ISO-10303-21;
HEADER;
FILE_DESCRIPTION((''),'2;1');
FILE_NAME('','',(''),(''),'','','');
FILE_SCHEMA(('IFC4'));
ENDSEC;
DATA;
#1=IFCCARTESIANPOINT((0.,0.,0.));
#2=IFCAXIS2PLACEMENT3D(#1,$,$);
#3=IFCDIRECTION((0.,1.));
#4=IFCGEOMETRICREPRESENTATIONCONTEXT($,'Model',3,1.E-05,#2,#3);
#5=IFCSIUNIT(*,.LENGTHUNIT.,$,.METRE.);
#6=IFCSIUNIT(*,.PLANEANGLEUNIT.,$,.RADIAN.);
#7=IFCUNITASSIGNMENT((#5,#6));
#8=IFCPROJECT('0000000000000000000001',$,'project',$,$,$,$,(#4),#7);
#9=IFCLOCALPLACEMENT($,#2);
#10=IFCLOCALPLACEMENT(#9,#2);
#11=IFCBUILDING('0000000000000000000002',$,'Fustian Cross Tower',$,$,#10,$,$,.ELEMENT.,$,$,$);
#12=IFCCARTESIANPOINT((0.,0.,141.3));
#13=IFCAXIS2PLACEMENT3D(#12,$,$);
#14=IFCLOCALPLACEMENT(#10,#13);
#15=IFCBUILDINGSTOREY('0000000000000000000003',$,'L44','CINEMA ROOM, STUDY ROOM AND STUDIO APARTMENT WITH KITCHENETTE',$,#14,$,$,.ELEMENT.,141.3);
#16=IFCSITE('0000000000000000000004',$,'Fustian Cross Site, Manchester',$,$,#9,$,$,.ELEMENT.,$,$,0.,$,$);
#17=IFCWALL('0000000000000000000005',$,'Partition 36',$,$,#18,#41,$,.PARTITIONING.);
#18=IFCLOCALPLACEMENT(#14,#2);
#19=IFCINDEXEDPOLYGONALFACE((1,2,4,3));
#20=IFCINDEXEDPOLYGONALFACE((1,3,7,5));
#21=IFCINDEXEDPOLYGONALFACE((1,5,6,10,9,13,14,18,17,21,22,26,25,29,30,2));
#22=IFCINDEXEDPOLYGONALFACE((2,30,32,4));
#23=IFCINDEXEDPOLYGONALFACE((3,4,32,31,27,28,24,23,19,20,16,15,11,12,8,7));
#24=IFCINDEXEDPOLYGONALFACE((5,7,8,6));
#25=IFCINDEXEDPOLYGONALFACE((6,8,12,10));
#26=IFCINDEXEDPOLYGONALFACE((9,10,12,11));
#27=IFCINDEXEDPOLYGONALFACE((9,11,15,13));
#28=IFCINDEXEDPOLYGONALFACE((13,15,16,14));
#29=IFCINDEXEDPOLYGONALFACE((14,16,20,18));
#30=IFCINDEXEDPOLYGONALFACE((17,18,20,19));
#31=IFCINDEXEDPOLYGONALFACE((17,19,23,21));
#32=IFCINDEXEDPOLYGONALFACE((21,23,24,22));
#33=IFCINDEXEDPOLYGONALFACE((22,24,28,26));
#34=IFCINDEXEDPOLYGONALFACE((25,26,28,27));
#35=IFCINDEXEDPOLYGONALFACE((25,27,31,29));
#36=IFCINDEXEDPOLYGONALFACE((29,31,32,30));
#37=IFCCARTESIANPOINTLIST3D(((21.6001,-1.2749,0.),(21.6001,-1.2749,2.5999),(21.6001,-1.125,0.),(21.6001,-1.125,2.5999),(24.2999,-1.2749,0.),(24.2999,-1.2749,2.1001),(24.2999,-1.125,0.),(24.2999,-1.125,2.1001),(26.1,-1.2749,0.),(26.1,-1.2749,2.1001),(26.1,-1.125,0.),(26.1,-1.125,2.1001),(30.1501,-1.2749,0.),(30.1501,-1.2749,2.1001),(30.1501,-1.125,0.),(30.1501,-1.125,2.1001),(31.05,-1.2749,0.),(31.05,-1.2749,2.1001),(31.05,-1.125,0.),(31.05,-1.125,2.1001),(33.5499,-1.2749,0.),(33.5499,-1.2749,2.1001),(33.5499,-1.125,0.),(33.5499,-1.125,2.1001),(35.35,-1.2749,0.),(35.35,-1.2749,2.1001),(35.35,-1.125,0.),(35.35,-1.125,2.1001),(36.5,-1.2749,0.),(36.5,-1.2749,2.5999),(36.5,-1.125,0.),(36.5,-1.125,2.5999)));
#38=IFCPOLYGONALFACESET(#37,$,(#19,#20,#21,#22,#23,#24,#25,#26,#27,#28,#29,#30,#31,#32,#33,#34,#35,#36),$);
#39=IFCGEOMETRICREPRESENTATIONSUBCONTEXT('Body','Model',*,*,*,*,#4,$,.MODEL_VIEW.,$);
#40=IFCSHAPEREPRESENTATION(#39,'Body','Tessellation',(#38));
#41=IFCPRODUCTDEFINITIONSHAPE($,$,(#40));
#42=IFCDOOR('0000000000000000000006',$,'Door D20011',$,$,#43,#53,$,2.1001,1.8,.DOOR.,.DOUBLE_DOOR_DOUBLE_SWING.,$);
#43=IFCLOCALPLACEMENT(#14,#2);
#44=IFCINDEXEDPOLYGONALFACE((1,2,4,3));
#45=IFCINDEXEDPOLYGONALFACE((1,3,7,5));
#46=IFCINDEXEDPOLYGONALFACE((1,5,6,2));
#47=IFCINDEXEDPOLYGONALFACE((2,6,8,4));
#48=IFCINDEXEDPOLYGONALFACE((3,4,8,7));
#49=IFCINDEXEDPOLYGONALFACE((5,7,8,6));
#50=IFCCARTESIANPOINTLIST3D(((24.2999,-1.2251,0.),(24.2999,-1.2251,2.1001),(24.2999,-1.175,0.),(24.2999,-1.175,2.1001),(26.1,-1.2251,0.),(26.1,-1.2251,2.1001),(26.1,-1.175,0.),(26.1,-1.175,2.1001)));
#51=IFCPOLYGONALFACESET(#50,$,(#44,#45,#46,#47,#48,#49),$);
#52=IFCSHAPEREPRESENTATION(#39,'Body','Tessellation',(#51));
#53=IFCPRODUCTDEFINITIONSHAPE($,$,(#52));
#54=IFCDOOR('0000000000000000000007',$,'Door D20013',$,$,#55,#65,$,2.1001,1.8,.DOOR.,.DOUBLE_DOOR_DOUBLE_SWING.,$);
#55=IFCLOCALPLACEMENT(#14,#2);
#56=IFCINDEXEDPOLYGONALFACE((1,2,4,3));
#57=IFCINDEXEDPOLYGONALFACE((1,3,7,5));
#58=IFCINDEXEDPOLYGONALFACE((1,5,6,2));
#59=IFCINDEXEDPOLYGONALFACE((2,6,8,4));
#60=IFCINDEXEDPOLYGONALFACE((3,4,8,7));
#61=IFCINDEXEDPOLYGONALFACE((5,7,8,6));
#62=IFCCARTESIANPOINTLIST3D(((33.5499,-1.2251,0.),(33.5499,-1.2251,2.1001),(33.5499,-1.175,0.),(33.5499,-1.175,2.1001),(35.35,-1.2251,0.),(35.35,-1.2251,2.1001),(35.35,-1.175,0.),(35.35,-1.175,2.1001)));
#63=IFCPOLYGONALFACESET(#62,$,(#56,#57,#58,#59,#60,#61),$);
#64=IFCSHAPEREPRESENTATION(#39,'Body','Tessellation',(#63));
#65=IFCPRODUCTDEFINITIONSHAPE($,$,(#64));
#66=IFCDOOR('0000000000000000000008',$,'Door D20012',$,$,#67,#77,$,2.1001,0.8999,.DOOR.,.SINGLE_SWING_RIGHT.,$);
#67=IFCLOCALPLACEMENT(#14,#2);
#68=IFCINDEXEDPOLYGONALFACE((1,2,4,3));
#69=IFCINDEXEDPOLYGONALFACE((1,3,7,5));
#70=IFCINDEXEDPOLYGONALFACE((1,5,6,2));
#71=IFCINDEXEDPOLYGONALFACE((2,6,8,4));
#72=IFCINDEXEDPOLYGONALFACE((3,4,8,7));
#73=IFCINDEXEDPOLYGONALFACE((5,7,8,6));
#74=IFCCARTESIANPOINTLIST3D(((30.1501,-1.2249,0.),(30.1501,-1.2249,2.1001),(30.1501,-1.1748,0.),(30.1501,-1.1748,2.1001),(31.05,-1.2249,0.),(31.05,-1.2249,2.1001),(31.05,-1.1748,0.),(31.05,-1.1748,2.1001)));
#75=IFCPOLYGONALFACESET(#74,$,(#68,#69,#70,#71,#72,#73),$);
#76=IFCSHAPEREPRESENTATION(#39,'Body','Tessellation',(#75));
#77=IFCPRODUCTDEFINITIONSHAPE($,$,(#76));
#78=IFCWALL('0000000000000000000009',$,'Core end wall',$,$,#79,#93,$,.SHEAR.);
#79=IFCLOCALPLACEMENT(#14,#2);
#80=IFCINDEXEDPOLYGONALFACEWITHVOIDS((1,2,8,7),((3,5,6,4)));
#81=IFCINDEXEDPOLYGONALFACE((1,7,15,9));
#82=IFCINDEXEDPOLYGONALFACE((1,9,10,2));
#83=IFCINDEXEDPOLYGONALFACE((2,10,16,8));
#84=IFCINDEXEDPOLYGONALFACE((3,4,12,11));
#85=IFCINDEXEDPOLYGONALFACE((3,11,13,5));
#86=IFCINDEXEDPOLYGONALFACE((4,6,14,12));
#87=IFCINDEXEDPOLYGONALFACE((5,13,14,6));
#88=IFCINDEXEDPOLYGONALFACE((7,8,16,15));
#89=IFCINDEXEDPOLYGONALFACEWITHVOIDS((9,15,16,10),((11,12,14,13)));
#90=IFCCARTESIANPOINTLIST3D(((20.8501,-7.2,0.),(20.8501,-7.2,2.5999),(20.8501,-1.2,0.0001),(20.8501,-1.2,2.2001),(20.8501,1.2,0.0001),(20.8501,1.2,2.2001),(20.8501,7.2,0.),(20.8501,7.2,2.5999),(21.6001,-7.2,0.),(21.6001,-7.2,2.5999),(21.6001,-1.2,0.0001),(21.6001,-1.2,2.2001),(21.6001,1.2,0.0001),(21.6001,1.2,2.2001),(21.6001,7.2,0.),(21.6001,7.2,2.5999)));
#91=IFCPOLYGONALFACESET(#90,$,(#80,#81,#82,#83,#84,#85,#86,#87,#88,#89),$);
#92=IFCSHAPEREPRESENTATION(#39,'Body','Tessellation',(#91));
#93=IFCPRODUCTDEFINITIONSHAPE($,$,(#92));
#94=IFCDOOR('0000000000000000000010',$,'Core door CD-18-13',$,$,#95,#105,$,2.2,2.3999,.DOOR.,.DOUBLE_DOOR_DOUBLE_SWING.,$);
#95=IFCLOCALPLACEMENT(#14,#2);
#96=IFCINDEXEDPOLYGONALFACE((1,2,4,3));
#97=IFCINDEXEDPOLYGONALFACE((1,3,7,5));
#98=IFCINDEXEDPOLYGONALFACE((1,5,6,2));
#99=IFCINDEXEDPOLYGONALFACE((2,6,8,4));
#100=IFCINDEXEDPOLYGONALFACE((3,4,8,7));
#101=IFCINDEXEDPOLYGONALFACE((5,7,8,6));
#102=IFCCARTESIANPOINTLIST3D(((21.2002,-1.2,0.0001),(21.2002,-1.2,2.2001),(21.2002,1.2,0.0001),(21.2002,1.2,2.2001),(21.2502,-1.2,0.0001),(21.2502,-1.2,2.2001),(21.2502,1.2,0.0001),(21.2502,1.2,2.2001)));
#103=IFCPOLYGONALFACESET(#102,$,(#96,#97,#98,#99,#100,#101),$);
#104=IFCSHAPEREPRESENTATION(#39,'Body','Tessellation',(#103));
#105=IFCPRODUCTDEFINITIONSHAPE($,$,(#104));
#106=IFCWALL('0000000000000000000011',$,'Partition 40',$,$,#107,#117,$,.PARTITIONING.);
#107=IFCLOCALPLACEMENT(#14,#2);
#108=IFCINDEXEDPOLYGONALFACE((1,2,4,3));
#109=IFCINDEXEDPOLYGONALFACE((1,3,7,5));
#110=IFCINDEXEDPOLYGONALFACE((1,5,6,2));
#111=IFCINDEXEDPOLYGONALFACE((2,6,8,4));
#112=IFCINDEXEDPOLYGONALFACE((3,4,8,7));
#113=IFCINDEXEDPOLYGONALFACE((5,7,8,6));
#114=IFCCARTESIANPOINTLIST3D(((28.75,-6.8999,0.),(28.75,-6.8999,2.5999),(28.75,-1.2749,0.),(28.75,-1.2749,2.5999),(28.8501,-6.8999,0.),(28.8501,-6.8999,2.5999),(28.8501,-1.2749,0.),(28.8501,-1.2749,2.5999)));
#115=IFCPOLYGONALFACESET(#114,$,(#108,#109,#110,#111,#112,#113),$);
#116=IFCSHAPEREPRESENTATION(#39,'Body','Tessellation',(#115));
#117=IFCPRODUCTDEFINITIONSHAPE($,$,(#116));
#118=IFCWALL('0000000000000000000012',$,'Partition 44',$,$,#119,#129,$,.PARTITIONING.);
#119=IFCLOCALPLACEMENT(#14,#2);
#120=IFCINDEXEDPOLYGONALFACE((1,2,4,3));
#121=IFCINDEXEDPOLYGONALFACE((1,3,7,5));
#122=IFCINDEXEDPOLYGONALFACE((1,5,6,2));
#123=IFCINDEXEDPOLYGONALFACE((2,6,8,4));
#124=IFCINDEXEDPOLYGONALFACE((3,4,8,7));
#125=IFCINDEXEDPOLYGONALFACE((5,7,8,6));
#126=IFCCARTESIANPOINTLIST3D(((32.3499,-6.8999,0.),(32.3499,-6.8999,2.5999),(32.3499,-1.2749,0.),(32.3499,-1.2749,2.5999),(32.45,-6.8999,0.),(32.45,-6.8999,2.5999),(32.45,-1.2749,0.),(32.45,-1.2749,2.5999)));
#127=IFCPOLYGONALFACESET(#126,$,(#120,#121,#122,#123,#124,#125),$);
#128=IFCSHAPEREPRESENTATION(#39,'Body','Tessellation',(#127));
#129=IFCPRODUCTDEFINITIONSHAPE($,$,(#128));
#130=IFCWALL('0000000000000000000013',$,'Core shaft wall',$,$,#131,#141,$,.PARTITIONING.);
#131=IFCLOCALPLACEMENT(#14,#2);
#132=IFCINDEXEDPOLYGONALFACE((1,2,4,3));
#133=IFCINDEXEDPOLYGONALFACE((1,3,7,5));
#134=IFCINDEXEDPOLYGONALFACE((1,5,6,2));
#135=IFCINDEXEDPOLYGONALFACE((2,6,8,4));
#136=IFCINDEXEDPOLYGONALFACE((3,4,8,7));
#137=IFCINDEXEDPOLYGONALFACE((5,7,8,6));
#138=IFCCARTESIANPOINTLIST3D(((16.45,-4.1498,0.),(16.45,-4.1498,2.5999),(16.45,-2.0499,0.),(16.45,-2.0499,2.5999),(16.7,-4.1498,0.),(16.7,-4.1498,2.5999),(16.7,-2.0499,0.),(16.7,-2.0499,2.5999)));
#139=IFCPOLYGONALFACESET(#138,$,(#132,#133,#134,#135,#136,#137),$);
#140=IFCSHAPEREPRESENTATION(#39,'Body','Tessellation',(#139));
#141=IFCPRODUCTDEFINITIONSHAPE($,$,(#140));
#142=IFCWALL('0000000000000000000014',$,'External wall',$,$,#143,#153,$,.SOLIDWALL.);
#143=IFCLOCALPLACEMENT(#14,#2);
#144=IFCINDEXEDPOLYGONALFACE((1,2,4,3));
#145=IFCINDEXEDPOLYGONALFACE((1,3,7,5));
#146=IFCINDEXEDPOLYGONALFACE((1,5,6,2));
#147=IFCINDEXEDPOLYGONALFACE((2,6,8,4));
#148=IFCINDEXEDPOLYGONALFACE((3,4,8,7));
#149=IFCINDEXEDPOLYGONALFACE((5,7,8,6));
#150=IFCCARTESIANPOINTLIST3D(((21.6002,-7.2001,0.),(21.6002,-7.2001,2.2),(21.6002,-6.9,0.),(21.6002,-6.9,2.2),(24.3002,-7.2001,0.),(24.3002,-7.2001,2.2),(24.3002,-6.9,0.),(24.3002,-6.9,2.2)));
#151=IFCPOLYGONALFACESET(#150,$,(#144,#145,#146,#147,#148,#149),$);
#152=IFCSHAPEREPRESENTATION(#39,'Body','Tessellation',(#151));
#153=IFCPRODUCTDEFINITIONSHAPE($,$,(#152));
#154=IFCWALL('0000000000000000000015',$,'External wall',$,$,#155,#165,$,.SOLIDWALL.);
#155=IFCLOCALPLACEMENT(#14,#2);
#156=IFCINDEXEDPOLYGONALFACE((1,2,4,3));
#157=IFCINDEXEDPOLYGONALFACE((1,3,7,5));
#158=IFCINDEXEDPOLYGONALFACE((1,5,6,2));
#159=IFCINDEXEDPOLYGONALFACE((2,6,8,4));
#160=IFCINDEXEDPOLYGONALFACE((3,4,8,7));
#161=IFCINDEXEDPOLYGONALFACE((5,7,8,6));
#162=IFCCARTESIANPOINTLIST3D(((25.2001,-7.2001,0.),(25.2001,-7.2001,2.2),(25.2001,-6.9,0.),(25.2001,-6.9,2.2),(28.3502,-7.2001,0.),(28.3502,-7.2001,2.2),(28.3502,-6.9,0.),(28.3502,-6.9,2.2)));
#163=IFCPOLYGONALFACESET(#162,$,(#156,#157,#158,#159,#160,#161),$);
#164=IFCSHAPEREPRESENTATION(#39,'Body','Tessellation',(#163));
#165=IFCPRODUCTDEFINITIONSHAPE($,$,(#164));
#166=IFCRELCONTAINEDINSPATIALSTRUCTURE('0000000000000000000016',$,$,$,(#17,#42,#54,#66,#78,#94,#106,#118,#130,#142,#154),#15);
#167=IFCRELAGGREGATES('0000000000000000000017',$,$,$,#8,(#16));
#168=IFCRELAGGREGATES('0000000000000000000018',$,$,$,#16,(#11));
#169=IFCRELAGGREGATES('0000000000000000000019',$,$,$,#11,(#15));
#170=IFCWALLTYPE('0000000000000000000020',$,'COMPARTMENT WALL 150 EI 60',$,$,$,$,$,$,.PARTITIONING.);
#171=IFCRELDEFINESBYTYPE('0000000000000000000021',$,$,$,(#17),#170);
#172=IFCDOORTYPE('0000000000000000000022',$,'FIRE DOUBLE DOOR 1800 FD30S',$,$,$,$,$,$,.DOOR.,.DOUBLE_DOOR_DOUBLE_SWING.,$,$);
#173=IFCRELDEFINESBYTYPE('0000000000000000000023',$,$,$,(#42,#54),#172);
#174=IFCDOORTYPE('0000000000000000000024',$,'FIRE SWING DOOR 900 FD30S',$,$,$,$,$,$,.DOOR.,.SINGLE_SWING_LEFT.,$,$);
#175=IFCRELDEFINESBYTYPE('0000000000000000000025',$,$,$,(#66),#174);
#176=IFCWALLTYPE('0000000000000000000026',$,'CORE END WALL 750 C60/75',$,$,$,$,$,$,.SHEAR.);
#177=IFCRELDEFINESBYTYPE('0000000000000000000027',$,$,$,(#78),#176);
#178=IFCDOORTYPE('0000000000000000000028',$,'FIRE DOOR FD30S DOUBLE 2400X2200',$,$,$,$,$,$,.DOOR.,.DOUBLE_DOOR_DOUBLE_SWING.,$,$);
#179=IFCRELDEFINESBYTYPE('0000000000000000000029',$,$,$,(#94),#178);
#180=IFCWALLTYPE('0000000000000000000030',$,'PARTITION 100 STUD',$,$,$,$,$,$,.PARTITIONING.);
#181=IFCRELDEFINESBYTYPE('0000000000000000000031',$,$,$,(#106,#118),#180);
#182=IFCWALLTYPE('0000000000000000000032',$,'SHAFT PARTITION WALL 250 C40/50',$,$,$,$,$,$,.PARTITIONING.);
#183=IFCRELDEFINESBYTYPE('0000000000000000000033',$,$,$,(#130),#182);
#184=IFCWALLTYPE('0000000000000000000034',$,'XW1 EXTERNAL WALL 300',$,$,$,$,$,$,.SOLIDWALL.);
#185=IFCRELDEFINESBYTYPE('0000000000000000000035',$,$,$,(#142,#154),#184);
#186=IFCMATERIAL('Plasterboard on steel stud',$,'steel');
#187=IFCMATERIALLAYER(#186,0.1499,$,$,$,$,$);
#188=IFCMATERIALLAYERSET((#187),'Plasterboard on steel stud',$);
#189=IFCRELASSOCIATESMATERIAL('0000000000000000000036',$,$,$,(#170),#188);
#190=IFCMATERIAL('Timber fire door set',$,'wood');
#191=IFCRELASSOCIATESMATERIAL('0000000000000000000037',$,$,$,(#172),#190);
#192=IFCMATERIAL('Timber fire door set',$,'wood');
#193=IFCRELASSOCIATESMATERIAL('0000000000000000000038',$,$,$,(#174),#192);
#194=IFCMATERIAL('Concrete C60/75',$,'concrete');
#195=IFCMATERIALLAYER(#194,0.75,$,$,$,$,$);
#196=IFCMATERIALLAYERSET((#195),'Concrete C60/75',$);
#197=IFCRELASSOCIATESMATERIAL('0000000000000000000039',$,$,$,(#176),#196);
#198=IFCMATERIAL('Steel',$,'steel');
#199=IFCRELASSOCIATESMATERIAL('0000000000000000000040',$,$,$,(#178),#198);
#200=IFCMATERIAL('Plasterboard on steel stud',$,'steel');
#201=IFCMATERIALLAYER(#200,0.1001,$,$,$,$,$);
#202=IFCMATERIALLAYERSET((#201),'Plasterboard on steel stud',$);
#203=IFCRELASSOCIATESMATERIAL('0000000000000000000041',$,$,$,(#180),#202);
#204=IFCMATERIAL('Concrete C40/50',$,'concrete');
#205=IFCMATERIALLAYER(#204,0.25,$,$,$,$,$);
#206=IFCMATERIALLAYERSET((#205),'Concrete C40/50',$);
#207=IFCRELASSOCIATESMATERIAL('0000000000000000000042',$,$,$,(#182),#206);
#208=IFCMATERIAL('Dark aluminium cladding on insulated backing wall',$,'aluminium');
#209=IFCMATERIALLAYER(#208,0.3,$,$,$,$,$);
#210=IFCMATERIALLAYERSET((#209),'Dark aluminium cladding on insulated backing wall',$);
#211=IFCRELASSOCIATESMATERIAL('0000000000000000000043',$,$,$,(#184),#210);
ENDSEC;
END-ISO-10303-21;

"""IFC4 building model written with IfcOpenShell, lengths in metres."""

from ifc_helpers import new_model, si_unit, direction, frame, frame_2d, origin, place, context, subcontext, project, spatial, rectangle, extrude, material, layer, layer_set, type_object, element, fill, save


model = new_model("IFC4")

# Units and contexts
model_context = context("Model", 3, precision=1e-05, world=origin(), true_north=direction((0.0, 1.0)))
body_context = subcontext(model_context, "Body", "Model", "MODEL_VIEW")
ifc_project = project(units=[si_unit("LENGTHUNIT", "METRE"), si_unit("PLANEANGLEUNIT", "RADIAN")], contexts=[model_context])

# Site, building, storey
site_placement = place(None, origin())
site = spatial("IfcSite", under=ifc_project, at=site_placement, Name="Fustian Cross Site, Manchester", CompositionType="ELEMENT", RefElevation=0.0)
building_placement = place(site_placement, origin())
building = spatial("IfcBuilding", under=site, at=building_placement, Name="Fustian Cross Tower", CompositionType="ELEMENT")
storey_placement = place(building_placement, frame((0.0, 0.0, 141.3)))
storey = spatial("IfcBuildingStorey", under=building, at=storey_placement, Name="L44", Description="CINEMA ROOM, STUDY ROOM AND STUDIO APARTMENT WITH KITCHENETTE", CompositionType="ELEMENT", Elevation=141.3)

# Wall, openings, doors
ifc_material_1 = material(Name="Plasterboard on steel stud", Category="steel")
ifc_layer_1 = layer(ifc_material_1, 0.1499)
ifc_layer_set_1 = layer_set([ifc_layer_1], Name="Plasterboard on steel stud")
wall_type_1 = type_object("IfcWallType", Name="COMPARTMENT WALL 150 EI 60", PredefinedType="PARTITIONING", material=ifc_layer_set_1)
wall_1_placement = place(storey_placement, frame((21.6001, -1.2, 0.0), z_axis=(0.0, 0.0, 1.0), x_axis=(1.0, 0.0, 0.0)))
wall_1 = element("IfcWall", 1, at=wall_1_placement, inside=storey, type_object=wall_type_1, Name="Partition 36", PredefinedType="PARTITIONING", context=body_context, shape_type="SweptSolid", body=[
    extrude(rectangle(XDim=14.8999, YDim=0.1499, at=frame_2d((7.45, 0.0))), origin(), (0.0, 0.0, 1.0), 2.5999),
])
opening_1_placement = place(wall_1_placement, frame((2.7, 0.0, 0.0)))
opening_1 = element("IfcOpeningElement", 2, at=opening_1_placement, cuts=wall_1, PredefinedType="OPENING", context=body_context, shape_type="SweptSolid", body=[
    extrude(rectangle(XDim=1.8, YDim=2.1001, at=frame_2d((0.8999, 1.05))), frame((0.0, 0.085, 0.0), z_axis=(0.0, -1.0, 0.0), x_axis=(1.0, 0.0, 0.0)), (0.0, 0.0, 1.0), 0.1699),
])
opening_2_placement = place(wall_1_placement, frame((8.55, 0.0, 0.0)))
opening_2 = element("IfcOpeningElement", 3, at=opening_2_placement, cuts=wall_1, PredefinedType="OPENING", context=body_context, shape_type="SweptSolid", body=[
    extrude(rectangle(XDim=0.8999, YDim=2.1001, at=frame_2d((0.45, 1.05))), frame((0.0, 0.085, 0.0), z_axis=(0.0, -1.0, 0.0), x_axis=(1.0, 0.0, 0.0)), (0.0, 0.0, 1.0), 0.1699),
])
opening_3_placement = place(wall_1_placement, frame((11.95, 0.0, 0.0)))
opening_3 = element("IfcOpeningElement", 4, at=opening_3_placement, cuts=wall_1, PredefinedType="OPENING", context=body_context, shape_type="SweptSolid", body=[
    extrude(rectangle(XDim=1.8, YDim=2.1001, at=frame_2d((0.8999, 1.05))), frame((0.0, 0.085, 0.0), z_axis=(0.0, -1.0, 0.0), x_axis=(1.0, 0.0, 0.0)), (0.0, 0.0, 1.0), 0.1699),
])
ifc_material_2 = material(Name="Timber fire door set", Category="wood")
door_type_1 = type_object("IfcDoorType", Name="FIRE DOUBLE DOOR 1800 FD30S", OperationType="DOUBLE_DOOR_DOUBLE_SWING", PredefinedType="DOOR", material=ifc_material_2)
door_1_placement = place(opening_1_placement, origin())
door_1 = element("IfcDoor", 5, at=door_1_placement, inside=storey, type_object=door_type_1, Name="Door D20011", OperationType="DOUBLE_DOOR_DOUBLE_SWING", OverallHeight=2.1001, OverallWidth=1.8, PredefinedType="DOOR", context=body_context, shape_type="SweptSolid", body=[
    extrude(rectangle(XDim=1.8, YDim=2.1001, at=frame_2d((0.8999, 1.05))), frame((0.0, 0.0249, 0.0), z_axis=(0.0, -1.0, 0.0), x_axis=(1.0, 0.0, 0.0)), (0.0, 0.0, 1.0), 0.05),
])
fill(opening_1, door_1)
door_2_placement = place(opening_3_placement, origin())
door_2 = element("IfcDoor", 6, at=door_2_placement, inside=storey, type_object=door_type_1, Name="Door D20013", OperationType="DOUBLE_DOOR_DOUBLE_SWING", OverallHeight=2.1001, OverallWidth=1.8, PredefinedType="DOOR", context=body_context, shape_type="SweptSolid", body=[
    extrude(rectangle(XDim=1.8, YDim=2.1001, at=frame_2d((0.8999, 1.05))), frame((0.0, 0.0249, 0.0), z_axis=(0.0, -1.0, 0.0), x_axis=(1.0, 0.0, 0.0)), (0.0, 0.0, 1.0), 0.05),
])
fill(opening_3, door_2)
ifc_material_3 = material(Name="Timber fire door set", Category="wood")
door_type_2 = type_object("IfcDoorType", Name="FIRE SWING DOOR 900 FD30S", OperationType="SINGLE_SWING_LEFT", PredefinedType="DOOR", material=ifc_material_3)
door_3_placement = place(opening_2_placement, frame((0.8999, 0.0, 0.0), z_axis=(0.0, 0.0, 1.0), x_axis=(-1.0, 0.0, 0.0)))
door_3 = element("IfcDoor", 7, at=door_3_placement, inside=storey, type_object=door_type_2, Name="Door D20012", OperationType="SINGLE_SWING_RIGHT", OverallHeight=2.1001, OverallWidth=0.8999, PredefinedType="DOOR", context=body_context, shape_type="SweptSolid", body=[
    extrude(rectangle(XDim=0.8999, YDim=2.1001, at=frame_2d((0.45, 1.05))), frame((0.0, 0.0249, 0.0), z_axis=(0.0, -1.0, 0.0), x_axis=(1.0, 0.0, 0.0)), (0.0, 0.0, 1.0), 0.05),
])
fill(opening_2, door_3)

# Wall, opening, door
ifc_material_4 = material(Name="Concrete C60/75", Category="concrete")
ifc_layer_2 = layer(ifc_material_4, 0.75)
ifc_layer_set_2 = layer_set([ifc_layer_2], Name="Concrete C60/75")
wall_type_2 = type_object("IfcWallType", Name="CORE END WALL 750 C60/75", PredefinedType="SHEAR", material=ifc_layer_set_2)
wall_2_placement = place(storey_placement, frame((21.2251, -7.2, 0.0), z_axis=(0.0, 0.0, 1.0), x_axis=(0.0, 1.0, 0.0)))
wall_2 = element("IfcWall", 8, at=wall_2_placement, inside=storey, type_object=wall_type_2, Name="Core end wall", PredefinedType="SHEAR", context=body_context, shape_type="SweptSolid", body=[
    extrude(rectangle(XDim=14.3999, YDim=0.75, at=frame_2d((7.2, 0.0))), origin(), (0.0, 0.0, 1.0), 2.5999),
])
opening_4_placement = place(wall_2_placement, frame((6.0, 0.0, 0.0)))
opening_4 = element("IfcOpeningElement", 9, at=opening_4_placement, cuts=wall_2, PredefinedType="OPENING", context=body_context, shape_type="SweptSolid", body=[
    extrude(rectangle(XDim=2.3999, YDim=2.2, at=frame_2d((1.2, 1.1001))), frame((0.0, 0.385, 0.0), z_axis=(0.0, -1.0, 0.0), x_axis=(1.0, 0.0, 0.0)), (0.0, 0.0, 1.0), 0.77),
])
ifc_material_5 = material(Name="Steel", Category="steel")
door_type_3 = type_object("IfcDoorType", Name="FIRE DOOR FD30S DOUBLE 2400X2200", OperationType="DOUBLE_DOOR_DOUBLE_SWING", PredefinedType="DOOR", material=ifc_material_5)
door_4_placement = place(opening_4_placement, origin())
door_4 = element("IfcDoor", 10, at=door_4_placement, inside=storey, type_object=door_type_3, Name="Core door CD-18-13", OperationType="DOUBLE_DOOR_DOUBLE_SWING", OverallHeight=2.2, OverallWidth=2.3999, PredefinedType="DOOR", context=body_context, shape_type="SweptSolid", body=[
    extrude(rectangle(XDim=2.3999, YDim=2.2, at=frame_2d((1.2, 1.1001))), frame((0.0, 0.0249, 0.0), z_axis=(0.0, -1.0, 0.0), x_axis=(1.0, 0.0, 0.0)), (0.0, 0.0, 1.0), 0.05),
])
fill(opening_4, door_4)

# Walls
ifc_material_6 = material(Name="Plasterboard on steel stud", Category="steel")
ifc_layer_3 = layer(ifc_material_6, 0.1001)
ifc_layer_set_3 = layer_set([ifc_layer_3], Name="Plasterboard on steel stud")
wall_type_3 = type_object("IfcWallType", Name="PARTITION 100 STUD", PredefinedType="PARTITIONING", material=ifc_layer_set_3)
for number, where, z_axis, x_axis, name in (
    (11, (28.8, -6.8999, 0.0), (0.0, 0.0, 1.0), (0.0, 1.0, 0.0), "Partition 40"),
    (12, (32.3999, -6.8999, 0.0), (0.0, 0.0, 1.0), (0.0, 1.0, 0.0), "Partition 44"),
):
    element("IfcWall", number, at=place(storey_placement, frame(where, z_axis=z_axis, x_axis=x_axis)), inside=storey, type_object=wall_type_3, Name=name, PredefinedType="PARTITIONING", context=body_context, shape_type="SweptSolid", body=[
        extrude(rectangle(XDim=5.625, YDim=0.1001, at=frame_2d((2.8125, 0.0))), origin(), (0.0, 0.0, 1.0), 2.5999),
    ])
ifc_material_7 = material(Name="Concrete C40/50", Category="concrete")
ifc_layer_4 = layer(ifc_material_7, 0.25)
ifc_layer_set_4 = layer_set([ifc_layer_4], Name="Concrete C40/50")
wall_type_4 = type_object("IfcWallType", Name="SHAFT PARTITION WALL 250 C40/50", PredefinedType="PARTITIONING", material=ifc_layer_set_4)
wall_3_placement = place(storey_placement, frame((16.575, -2.05, 0.0), z_axis=(0.0, 0.0, 1.0), x_axis=(0.0, -1.0, 0.0)))
element("IfcWall", 13, at=wall_3_placement, inside=storey, type_object=wall_type_4, Name="Core shaft wall", PredefinedType="PARTITIONING", context=body_context, shape_type="SweptSolid", body=[
    extrude(rectangle(XDim=2.0999, YDim=0.25, at=frame_2d((1.0498, 0.0))), origin(), (0.0, 0.0, 1.0), 2.5999),
])
ifc_material_8 = material(Name="Dark aluminium cladding on insulated backing wall", Category="aluminium")
ifc_layer_5 = layer(ifc_material_8, 0.3)
ifc_layer_set_5 = layer_set([ifc_layer_5], Name="Dark aluminium cladding on insulated backing wall")
wall_type_5 = type_object("IfcWallType", Name="XW1 EXTERNAL WALL 300", PredefinedType="SOLIDWALL", material=ifc_layer_set_5)
wall_4_placement = place(storey_placement, frame((21.6001, -7.05, 0.0), z_axis=(0.0, 0.0, 1.0), x_axis=(1.0, 0.0, 0.0)))
element("IfcWall", 14, at=wall_4_placement, inside=storey, type_object=wall_type_5, Name="External wall", PredefinedType="SOLIDWALL", context=body_context, shape_type="SweptSolid", body=[
    extrude(rectangle(XDim=2.7, YDim=0.3, at=frame_2d((1.3501, 0.0))), origin(), (0.0, 0.0, 1.0), 2.2),
])
wall_5_placement = place(storey_placement, frame((25.2, -7.05, 0.0), z_axis=(0.0, 0.0, 1.0), x_axis=(1.0, 0.0, 0.0)))
element("IfcWall", 15, at=wall_5_placement, inside=storey, type_object=wall_type_5, Name="External wall", PredefinedType="SOLIDWALL", context=body_context, shape_type="SweptSolid", body=[
    extrude(rectangle(XDim=3.1501, YDim=0.3, at=frame_2d((1.5752, 0.0))), origin(), (0.0, 0.0, 1.0), 2.2),
])

save(model, "model.ifc")
